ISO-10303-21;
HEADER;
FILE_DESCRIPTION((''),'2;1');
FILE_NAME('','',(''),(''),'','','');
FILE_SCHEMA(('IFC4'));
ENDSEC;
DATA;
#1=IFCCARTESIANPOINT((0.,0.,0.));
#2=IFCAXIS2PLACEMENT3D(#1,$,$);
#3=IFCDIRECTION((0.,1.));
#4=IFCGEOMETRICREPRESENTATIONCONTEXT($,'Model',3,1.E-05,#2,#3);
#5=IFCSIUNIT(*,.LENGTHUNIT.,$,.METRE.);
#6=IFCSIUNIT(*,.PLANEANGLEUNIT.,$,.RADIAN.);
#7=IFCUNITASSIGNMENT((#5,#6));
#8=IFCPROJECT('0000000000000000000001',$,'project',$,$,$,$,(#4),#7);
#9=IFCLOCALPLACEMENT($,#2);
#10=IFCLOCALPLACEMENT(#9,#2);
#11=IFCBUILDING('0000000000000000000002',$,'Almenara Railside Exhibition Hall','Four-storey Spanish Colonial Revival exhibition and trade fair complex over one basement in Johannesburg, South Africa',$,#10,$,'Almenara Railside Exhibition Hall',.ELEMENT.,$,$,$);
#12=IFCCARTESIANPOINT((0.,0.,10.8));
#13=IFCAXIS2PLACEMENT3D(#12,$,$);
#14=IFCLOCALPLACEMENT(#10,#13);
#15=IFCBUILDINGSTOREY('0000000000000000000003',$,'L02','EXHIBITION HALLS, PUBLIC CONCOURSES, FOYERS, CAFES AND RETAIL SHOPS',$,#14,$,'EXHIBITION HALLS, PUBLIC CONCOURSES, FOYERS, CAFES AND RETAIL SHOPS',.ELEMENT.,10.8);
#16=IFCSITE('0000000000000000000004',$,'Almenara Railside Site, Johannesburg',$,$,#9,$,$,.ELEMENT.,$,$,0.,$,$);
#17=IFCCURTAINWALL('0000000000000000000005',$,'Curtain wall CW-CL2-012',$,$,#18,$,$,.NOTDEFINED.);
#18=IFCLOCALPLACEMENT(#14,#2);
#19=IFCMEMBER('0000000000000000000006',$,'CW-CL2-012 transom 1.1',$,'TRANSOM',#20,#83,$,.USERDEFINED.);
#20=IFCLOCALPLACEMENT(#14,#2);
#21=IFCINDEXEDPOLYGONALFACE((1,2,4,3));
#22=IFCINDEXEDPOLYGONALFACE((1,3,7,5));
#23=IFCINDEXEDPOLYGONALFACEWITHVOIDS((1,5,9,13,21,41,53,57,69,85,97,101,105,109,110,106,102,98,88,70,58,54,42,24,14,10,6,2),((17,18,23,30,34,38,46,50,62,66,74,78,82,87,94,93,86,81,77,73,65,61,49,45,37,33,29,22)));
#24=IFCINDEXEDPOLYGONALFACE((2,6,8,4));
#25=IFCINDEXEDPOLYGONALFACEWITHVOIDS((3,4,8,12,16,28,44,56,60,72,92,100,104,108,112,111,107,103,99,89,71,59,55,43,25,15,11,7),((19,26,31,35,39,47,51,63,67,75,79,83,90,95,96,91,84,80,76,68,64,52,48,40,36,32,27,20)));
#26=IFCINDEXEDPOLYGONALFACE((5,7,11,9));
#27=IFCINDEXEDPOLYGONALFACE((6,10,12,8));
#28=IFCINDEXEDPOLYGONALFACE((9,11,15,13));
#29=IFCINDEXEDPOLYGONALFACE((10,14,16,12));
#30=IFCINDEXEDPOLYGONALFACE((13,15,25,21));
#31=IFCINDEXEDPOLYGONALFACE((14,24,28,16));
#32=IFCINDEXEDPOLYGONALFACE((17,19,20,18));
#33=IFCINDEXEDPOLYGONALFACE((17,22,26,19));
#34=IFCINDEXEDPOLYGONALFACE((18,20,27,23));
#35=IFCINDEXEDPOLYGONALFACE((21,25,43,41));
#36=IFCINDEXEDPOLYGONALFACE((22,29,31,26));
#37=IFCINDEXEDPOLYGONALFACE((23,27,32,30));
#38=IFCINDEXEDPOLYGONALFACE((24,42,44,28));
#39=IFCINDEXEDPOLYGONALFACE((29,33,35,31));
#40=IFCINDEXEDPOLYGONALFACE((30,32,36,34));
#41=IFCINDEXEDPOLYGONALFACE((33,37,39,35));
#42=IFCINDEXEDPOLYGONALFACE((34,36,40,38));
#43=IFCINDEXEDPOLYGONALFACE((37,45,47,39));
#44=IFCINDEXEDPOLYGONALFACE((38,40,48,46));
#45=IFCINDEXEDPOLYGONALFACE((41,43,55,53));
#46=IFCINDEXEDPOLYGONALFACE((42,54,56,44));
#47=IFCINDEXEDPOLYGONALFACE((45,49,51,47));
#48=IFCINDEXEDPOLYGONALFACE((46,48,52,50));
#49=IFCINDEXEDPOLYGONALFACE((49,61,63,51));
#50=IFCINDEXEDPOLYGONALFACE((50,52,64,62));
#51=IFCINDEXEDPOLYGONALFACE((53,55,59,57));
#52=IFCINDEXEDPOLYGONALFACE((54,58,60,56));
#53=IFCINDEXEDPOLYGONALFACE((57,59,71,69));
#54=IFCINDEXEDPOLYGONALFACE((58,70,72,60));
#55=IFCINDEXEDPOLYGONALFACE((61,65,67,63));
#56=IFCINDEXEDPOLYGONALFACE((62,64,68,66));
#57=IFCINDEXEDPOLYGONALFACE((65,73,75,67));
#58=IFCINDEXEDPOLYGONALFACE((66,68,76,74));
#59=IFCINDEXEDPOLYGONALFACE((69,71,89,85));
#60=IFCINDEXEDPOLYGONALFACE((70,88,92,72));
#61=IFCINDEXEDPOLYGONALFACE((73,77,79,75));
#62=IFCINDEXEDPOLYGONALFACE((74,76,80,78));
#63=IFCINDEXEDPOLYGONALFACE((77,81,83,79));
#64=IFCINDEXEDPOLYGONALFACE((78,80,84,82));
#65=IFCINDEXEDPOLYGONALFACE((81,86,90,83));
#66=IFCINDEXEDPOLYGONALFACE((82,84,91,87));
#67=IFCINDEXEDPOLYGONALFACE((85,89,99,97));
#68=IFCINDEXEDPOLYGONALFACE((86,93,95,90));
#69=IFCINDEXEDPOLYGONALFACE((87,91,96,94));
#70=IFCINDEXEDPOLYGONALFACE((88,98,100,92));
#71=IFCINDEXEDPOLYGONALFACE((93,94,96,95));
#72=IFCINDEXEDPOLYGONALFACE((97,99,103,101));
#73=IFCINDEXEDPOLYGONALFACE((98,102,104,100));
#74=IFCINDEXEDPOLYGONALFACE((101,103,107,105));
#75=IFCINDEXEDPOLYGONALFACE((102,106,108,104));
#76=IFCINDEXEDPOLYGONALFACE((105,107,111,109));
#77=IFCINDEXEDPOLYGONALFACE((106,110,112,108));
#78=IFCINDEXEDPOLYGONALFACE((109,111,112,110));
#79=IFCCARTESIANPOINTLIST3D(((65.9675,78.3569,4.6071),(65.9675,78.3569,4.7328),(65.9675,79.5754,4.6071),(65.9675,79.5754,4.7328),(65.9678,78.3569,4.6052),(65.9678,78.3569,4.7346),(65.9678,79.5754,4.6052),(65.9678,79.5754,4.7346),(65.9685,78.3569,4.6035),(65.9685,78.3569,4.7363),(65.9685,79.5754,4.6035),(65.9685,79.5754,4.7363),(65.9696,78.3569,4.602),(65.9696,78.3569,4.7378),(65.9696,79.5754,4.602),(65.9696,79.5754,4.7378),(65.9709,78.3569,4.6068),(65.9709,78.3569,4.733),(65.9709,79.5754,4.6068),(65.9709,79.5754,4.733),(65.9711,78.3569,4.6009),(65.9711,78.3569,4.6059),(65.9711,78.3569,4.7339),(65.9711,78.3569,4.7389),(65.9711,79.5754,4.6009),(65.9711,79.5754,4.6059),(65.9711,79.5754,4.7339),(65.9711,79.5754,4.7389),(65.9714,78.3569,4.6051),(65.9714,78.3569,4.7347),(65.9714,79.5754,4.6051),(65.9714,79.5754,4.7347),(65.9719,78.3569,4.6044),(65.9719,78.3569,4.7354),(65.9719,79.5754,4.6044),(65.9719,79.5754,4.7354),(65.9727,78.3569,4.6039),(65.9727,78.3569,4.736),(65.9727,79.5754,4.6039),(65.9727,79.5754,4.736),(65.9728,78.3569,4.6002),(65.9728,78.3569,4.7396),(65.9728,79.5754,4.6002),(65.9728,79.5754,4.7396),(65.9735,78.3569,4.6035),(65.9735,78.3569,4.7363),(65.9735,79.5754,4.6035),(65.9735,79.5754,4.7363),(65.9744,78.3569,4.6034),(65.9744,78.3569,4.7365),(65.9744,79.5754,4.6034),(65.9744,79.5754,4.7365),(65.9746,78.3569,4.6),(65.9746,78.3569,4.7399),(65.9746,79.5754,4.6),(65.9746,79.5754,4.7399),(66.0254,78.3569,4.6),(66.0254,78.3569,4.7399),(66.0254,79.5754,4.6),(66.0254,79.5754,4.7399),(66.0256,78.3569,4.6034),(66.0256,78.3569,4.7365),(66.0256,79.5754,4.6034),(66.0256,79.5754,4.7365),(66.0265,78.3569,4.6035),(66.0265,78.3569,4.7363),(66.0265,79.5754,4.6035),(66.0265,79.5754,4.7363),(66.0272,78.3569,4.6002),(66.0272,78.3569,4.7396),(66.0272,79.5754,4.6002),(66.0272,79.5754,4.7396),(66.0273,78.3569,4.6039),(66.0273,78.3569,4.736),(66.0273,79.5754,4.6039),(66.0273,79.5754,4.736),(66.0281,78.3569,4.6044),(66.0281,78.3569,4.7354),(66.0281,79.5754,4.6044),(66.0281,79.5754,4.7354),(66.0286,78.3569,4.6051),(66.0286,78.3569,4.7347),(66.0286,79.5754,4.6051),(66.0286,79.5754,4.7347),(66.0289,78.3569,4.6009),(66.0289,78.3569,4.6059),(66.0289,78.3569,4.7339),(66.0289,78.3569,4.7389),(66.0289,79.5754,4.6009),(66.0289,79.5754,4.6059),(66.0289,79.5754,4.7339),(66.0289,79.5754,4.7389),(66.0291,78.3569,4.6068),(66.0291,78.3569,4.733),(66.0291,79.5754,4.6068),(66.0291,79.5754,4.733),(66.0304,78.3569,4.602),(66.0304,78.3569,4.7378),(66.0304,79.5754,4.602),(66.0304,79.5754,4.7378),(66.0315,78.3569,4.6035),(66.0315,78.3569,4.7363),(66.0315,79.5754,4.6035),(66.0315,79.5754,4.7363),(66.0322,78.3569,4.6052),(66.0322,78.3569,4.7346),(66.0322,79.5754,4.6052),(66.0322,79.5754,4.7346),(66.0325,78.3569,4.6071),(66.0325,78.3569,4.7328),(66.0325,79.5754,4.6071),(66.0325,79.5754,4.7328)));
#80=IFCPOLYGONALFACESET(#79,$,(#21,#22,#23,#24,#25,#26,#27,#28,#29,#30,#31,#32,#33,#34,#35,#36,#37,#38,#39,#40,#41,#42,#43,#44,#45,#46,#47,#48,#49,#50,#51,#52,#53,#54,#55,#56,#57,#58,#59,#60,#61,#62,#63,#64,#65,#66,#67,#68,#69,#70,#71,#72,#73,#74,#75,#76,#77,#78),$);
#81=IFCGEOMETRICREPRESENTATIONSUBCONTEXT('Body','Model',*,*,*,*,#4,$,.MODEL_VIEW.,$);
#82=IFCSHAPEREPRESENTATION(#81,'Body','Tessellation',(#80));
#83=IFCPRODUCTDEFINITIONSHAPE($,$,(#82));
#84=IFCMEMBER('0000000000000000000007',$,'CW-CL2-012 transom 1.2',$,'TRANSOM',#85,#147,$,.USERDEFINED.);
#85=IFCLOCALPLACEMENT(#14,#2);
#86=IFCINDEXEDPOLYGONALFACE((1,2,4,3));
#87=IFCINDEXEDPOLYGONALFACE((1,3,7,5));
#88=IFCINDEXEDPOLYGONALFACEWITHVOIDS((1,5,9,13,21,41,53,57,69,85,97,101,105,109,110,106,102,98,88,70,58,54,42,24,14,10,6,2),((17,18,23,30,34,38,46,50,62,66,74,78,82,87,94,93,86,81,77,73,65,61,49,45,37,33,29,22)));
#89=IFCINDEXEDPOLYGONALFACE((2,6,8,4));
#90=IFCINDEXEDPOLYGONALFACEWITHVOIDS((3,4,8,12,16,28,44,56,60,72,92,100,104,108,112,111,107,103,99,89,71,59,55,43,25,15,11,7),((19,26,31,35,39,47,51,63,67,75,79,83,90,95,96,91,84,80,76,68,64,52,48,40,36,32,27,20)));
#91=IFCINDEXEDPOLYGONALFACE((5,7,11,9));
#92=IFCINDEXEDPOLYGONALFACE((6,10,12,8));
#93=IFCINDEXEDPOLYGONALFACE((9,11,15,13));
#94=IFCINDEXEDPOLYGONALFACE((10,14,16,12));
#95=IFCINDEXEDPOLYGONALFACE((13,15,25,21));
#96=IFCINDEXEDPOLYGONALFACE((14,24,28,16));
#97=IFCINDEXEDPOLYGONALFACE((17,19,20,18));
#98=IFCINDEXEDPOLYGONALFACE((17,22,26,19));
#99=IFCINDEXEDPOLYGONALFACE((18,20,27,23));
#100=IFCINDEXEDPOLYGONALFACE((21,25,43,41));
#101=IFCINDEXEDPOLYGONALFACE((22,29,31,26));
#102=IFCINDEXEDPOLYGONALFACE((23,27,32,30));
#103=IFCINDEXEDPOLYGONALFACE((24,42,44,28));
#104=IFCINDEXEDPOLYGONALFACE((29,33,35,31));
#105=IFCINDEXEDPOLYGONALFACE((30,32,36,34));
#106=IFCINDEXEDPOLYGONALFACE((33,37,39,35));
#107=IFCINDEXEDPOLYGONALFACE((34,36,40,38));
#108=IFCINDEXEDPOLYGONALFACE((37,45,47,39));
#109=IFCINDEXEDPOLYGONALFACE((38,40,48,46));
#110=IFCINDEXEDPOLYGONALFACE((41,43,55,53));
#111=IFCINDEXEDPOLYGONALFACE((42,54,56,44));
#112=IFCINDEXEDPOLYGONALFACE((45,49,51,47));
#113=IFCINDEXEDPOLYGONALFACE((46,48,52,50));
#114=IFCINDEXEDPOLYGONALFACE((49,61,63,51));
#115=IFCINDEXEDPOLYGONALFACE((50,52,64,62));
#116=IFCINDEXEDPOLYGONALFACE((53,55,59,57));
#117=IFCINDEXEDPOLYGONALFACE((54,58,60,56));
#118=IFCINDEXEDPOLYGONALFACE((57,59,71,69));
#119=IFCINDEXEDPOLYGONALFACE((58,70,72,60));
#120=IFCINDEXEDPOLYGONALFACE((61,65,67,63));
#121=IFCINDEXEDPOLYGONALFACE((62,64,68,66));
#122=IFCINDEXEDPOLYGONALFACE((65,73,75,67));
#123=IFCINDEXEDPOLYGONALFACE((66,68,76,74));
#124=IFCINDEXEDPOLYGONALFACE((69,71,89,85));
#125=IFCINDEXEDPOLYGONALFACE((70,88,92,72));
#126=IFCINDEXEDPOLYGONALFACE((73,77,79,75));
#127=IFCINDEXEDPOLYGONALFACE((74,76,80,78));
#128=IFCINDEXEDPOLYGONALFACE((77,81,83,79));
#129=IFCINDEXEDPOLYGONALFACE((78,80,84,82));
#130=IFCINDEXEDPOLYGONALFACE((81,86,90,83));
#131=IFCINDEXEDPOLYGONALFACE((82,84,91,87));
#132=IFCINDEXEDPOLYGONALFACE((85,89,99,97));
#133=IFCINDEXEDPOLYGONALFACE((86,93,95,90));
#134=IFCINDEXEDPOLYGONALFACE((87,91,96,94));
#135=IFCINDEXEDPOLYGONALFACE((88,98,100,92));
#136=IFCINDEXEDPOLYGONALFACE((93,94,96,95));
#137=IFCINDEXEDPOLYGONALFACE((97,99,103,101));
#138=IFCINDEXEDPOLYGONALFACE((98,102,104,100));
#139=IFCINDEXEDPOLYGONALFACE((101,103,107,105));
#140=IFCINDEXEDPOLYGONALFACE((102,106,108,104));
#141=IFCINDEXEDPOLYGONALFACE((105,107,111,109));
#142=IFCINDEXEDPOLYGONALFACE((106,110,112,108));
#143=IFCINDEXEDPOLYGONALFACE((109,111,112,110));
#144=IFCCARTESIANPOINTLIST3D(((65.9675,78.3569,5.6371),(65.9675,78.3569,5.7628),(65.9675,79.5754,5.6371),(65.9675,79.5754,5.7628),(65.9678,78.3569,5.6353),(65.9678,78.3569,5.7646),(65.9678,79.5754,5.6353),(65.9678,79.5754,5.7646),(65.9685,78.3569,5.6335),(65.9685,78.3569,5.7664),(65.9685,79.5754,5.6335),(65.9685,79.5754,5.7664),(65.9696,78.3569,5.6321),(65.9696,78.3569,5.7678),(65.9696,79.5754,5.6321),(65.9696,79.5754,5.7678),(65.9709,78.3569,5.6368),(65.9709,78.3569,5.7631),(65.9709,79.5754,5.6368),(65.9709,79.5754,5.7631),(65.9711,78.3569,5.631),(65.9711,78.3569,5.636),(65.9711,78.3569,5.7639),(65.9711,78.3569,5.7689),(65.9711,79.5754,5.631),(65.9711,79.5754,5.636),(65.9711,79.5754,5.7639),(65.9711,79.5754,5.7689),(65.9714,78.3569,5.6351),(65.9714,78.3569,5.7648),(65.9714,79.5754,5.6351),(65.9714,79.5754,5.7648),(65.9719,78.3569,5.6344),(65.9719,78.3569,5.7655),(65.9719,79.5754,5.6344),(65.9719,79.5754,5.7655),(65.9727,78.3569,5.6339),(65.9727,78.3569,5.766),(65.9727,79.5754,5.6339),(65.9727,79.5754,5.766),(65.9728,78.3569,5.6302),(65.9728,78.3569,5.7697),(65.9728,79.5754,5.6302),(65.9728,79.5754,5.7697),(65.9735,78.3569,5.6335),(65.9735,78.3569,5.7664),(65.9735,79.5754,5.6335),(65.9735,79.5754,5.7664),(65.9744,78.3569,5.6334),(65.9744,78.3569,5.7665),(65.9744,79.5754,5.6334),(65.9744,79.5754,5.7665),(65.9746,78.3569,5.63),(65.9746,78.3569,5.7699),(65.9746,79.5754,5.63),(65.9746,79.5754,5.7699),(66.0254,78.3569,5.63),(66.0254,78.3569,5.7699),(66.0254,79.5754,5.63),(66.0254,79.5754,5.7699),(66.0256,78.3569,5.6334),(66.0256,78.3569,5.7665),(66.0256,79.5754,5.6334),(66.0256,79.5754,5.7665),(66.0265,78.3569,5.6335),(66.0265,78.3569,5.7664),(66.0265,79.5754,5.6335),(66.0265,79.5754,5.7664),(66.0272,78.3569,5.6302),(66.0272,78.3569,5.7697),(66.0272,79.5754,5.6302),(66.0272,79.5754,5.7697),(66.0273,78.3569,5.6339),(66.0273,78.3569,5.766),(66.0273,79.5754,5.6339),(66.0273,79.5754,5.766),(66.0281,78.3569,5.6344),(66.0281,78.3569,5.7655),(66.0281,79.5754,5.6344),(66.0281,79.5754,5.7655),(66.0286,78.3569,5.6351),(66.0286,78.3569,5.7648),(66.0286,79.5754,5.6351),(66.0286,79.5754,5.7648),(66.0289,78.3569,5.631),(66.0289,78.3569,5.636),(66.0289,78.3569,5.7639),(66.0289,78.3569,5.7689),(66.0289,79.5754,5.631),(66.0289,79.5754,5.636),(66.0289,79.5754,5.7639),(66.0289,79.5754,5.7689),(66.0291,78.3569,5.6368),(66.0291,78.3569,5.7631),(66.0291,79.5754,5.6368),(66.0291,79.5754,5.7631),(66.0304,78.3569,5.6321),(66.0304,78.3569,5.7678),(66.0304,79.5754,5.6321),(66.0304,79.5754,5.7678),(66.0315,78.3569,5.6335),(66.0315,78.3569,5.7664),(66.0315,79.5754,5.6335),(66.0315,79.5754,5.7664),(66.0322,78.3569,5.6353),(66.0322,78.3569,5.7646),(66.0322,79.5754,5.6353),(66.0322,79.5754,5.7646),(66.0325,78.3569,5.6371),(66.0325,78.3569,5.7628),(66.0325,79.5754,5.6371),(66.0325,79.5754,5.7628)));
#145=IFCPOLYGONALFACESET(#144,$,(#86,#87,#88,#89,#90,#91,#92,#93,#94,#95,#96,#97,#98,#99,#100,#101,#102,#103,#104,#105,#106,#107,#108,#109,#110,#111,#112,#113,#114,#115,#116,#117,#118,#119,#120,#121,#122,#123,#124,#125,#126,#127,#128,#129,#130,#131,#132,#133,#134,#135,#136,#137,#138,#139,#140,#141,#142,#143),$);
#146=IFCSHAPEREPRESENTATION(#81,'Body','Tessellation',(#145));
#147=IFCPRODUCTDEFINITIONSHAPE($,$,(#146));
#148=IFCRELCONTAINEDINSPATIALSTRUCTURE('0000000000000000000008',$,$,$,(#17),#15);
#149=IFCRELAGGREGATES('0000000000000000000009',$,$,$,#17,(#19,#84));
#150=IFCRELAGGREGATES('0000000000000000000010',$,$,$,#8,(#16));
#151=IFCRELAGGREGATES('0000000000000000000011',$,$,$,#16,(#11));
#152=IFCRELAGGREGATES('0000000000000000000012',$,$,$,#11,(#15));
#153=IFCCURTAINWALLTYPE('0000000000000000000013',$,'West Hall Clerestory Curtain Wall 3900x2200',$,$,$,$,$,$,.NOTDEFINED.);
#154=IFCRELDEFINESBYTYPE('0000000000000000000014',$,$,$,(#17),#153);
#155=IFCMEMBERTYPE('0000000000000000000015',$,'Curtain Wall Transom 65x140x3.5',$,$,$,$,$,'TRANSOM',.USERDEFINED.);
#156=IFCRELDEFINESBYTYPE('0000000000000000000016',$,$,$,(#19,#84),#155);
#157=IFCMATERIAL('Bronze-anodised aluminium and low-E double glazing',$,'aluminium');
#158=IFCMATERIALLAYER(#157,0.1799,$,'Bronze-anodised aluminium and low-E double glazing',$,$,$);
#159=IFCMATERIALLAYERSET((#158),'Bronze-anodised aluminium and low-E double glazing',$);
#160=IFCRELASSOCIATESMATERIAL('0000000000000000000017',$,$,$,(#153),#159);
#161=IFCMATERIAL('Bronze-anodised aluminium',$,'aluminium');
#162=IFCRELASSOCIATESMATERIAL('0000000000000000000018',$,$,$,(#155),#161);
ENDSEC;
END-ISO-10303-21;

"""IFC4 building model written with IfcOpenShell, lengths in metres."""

from ifc_helpers import new_model, si_unit, direction, frame, origin, origin_2d, place, context, subcontext, project, spatial, hollow_rectangle, extrude, material, layer, layer_set, material_profile, profile_set, type_object, element, aggregate, save


model = new_model("IFC4")

# Units and contexts
model_context = context("Model", 3, precision=1e-05, world=origin(), true_north=direction((0.0, 1.0)))
body_context = subcontext(model_context, "Body", "Model", "MODEL_VIEW")
ifc_project = project(units=[si_unit("LENGTHUNIT", "METRE"), si_unit("PLANEANGLEUNIT", "RADIAN")], contexts=[model_context])

# Site, building, storey
site_placement = place(None, origin())
site = spatial("IfcSite", under=ifc_project, at=site_placement, Name="Almenara Railside Site, Johannesburg", CompositionType="ELEMENT", RefElevation=0.0)
building_placement = place(site_placement, origin())
building = spatial("IfcBuilding", under=site, at=building_placement, Name="Almenara Railside Exhibition Hall", Description="Four-storey Spanish Colonial Revival exhibition and trade fair complex over one basement in Johannesburg, South Africa", LongName="Almenara Railside Exhibition Hall", CompositionType="ELEMENT")
storey_placement = place(building_placement, frame((0.0, 0.0, 10.8)))
storey = spatial("IfcBuildingStorey", under=building, at=storey_placement, Name="L02", Description="EXHIBITION HALLS, PUBLIC CONCOURSES, FOYERS, CAFES AND RETAIL SHOPS", LongName="EXHIBITION HALLS, PUBLIC CONCOURSES, FOYERS, CAFES AND RETAIL SHOPS", CompositionType="ELEMENT", Elevation=10.8)

# Curtain wall
ifc_material_1 = material(Name="Bronze-anodised aluminium and low-E double glazing", Category="aluminium")
ifc_layer_1 = layer(ifc_material_1, 0.1799, Name="Bronze-anodised aluminium and low-E double glazing")
ifc_layer_set_1 = layer_set([ifc_layer_1], Name="Bronze-anodised aluminium and low-E double glazing")
curtain_wall_type = type_object("IfcCurtainWallType", Name="West Hall Clerestory Curtain Wall 3900x2200", PredefinedType="NOTDEFINED", material=ifc_layer_set_1)
curtain_wall_1_placement = place(storey_placement, origin())
curtain_wall_1 = element("IfcCurtainWall", 1, at=curtain_wall_1_placement, inside=storey, type_object=curtain_wall_type, Name="Curtain wall CW-CL2-012", PredefinedType="NOTDEFINED")
ifc_material_2 = material(Name="Bronze-anodised aluminium", Category="aluminium")

# Members
ifc_material_profile_1 = material_profile(ifc_material_2, hollow_rectangle(XDim=0.0649, YDim=0.1399, WallThickness=0.0034, InnerFilletRadius=0.0034, OuterFilletRadius=0.0071, at=origin_2d()), Name="ALU-TRN 65x140x3.5")
ifc_profile_set_1 = profile_set([ifc_material_profile_1], Name="Bronze-anodised aluminium")
member_type_1 = type_object("IfcMemberType", Name="Curtain Wall Transom 65x140x3.5", ElementType="TRANSOM", PredefinedType="USERDEFINED", material=ifc_profile_set_1)
member_1_placement = place(storey_placement, frame((66.0, 78.3569, 4.6699), z_axis=(0.0, 1.0, 0.0), x_axis=(-1.0, 0.0, 0.0)))
member_1 = element("IfcMember", 2, at=member_1_placement, type_object=member_type_1, Name="CW-CL2-012 transom 1.1", ObjectType="TRANSOM", PredefinedType="USERDEFINED", context=body_context, shape_type="SweptSolid", body=[
    extrude(hollow_rectangle(XDim=0.0649, YDim=0.1399, WallThickness=0.0034, InnerFilletRadius=0.0034, OuterFilletRadius=0.0071, at=origin_2d()), origin(), (0.0, 0.0, 1.0), 1.2185),
])
member_2_placement = place(storey_placement, frame((66.0, 78.3569, 5.7), z_axis=(0.0, 1.0, 0.0), x_axis=(-1.0, 0.0, 0.0)))
member_2 = element("IfcMember", 3, at=member_2_placement, type_object=member_type_1, Name="CW-CL2-012 transom 1.2", ObjectType="TRANSOM", PredefinedType="USERDEFINED", context=body_context, shape_type="SweptSolid", body=[
    extrude(hollow_rectangle(XDim=0.0649, YDim=0.1399, WallThickness=0.0034, InnerFilletRadius=0.0034, OuterFilletRadius=0.0071, at=origin_2d()), origin(), (0.0, 0.0, 1.0), 1.2185),
])

aggregate(curtain_wall_1, [member_1, member_2])

save(model, "model.ifc")
